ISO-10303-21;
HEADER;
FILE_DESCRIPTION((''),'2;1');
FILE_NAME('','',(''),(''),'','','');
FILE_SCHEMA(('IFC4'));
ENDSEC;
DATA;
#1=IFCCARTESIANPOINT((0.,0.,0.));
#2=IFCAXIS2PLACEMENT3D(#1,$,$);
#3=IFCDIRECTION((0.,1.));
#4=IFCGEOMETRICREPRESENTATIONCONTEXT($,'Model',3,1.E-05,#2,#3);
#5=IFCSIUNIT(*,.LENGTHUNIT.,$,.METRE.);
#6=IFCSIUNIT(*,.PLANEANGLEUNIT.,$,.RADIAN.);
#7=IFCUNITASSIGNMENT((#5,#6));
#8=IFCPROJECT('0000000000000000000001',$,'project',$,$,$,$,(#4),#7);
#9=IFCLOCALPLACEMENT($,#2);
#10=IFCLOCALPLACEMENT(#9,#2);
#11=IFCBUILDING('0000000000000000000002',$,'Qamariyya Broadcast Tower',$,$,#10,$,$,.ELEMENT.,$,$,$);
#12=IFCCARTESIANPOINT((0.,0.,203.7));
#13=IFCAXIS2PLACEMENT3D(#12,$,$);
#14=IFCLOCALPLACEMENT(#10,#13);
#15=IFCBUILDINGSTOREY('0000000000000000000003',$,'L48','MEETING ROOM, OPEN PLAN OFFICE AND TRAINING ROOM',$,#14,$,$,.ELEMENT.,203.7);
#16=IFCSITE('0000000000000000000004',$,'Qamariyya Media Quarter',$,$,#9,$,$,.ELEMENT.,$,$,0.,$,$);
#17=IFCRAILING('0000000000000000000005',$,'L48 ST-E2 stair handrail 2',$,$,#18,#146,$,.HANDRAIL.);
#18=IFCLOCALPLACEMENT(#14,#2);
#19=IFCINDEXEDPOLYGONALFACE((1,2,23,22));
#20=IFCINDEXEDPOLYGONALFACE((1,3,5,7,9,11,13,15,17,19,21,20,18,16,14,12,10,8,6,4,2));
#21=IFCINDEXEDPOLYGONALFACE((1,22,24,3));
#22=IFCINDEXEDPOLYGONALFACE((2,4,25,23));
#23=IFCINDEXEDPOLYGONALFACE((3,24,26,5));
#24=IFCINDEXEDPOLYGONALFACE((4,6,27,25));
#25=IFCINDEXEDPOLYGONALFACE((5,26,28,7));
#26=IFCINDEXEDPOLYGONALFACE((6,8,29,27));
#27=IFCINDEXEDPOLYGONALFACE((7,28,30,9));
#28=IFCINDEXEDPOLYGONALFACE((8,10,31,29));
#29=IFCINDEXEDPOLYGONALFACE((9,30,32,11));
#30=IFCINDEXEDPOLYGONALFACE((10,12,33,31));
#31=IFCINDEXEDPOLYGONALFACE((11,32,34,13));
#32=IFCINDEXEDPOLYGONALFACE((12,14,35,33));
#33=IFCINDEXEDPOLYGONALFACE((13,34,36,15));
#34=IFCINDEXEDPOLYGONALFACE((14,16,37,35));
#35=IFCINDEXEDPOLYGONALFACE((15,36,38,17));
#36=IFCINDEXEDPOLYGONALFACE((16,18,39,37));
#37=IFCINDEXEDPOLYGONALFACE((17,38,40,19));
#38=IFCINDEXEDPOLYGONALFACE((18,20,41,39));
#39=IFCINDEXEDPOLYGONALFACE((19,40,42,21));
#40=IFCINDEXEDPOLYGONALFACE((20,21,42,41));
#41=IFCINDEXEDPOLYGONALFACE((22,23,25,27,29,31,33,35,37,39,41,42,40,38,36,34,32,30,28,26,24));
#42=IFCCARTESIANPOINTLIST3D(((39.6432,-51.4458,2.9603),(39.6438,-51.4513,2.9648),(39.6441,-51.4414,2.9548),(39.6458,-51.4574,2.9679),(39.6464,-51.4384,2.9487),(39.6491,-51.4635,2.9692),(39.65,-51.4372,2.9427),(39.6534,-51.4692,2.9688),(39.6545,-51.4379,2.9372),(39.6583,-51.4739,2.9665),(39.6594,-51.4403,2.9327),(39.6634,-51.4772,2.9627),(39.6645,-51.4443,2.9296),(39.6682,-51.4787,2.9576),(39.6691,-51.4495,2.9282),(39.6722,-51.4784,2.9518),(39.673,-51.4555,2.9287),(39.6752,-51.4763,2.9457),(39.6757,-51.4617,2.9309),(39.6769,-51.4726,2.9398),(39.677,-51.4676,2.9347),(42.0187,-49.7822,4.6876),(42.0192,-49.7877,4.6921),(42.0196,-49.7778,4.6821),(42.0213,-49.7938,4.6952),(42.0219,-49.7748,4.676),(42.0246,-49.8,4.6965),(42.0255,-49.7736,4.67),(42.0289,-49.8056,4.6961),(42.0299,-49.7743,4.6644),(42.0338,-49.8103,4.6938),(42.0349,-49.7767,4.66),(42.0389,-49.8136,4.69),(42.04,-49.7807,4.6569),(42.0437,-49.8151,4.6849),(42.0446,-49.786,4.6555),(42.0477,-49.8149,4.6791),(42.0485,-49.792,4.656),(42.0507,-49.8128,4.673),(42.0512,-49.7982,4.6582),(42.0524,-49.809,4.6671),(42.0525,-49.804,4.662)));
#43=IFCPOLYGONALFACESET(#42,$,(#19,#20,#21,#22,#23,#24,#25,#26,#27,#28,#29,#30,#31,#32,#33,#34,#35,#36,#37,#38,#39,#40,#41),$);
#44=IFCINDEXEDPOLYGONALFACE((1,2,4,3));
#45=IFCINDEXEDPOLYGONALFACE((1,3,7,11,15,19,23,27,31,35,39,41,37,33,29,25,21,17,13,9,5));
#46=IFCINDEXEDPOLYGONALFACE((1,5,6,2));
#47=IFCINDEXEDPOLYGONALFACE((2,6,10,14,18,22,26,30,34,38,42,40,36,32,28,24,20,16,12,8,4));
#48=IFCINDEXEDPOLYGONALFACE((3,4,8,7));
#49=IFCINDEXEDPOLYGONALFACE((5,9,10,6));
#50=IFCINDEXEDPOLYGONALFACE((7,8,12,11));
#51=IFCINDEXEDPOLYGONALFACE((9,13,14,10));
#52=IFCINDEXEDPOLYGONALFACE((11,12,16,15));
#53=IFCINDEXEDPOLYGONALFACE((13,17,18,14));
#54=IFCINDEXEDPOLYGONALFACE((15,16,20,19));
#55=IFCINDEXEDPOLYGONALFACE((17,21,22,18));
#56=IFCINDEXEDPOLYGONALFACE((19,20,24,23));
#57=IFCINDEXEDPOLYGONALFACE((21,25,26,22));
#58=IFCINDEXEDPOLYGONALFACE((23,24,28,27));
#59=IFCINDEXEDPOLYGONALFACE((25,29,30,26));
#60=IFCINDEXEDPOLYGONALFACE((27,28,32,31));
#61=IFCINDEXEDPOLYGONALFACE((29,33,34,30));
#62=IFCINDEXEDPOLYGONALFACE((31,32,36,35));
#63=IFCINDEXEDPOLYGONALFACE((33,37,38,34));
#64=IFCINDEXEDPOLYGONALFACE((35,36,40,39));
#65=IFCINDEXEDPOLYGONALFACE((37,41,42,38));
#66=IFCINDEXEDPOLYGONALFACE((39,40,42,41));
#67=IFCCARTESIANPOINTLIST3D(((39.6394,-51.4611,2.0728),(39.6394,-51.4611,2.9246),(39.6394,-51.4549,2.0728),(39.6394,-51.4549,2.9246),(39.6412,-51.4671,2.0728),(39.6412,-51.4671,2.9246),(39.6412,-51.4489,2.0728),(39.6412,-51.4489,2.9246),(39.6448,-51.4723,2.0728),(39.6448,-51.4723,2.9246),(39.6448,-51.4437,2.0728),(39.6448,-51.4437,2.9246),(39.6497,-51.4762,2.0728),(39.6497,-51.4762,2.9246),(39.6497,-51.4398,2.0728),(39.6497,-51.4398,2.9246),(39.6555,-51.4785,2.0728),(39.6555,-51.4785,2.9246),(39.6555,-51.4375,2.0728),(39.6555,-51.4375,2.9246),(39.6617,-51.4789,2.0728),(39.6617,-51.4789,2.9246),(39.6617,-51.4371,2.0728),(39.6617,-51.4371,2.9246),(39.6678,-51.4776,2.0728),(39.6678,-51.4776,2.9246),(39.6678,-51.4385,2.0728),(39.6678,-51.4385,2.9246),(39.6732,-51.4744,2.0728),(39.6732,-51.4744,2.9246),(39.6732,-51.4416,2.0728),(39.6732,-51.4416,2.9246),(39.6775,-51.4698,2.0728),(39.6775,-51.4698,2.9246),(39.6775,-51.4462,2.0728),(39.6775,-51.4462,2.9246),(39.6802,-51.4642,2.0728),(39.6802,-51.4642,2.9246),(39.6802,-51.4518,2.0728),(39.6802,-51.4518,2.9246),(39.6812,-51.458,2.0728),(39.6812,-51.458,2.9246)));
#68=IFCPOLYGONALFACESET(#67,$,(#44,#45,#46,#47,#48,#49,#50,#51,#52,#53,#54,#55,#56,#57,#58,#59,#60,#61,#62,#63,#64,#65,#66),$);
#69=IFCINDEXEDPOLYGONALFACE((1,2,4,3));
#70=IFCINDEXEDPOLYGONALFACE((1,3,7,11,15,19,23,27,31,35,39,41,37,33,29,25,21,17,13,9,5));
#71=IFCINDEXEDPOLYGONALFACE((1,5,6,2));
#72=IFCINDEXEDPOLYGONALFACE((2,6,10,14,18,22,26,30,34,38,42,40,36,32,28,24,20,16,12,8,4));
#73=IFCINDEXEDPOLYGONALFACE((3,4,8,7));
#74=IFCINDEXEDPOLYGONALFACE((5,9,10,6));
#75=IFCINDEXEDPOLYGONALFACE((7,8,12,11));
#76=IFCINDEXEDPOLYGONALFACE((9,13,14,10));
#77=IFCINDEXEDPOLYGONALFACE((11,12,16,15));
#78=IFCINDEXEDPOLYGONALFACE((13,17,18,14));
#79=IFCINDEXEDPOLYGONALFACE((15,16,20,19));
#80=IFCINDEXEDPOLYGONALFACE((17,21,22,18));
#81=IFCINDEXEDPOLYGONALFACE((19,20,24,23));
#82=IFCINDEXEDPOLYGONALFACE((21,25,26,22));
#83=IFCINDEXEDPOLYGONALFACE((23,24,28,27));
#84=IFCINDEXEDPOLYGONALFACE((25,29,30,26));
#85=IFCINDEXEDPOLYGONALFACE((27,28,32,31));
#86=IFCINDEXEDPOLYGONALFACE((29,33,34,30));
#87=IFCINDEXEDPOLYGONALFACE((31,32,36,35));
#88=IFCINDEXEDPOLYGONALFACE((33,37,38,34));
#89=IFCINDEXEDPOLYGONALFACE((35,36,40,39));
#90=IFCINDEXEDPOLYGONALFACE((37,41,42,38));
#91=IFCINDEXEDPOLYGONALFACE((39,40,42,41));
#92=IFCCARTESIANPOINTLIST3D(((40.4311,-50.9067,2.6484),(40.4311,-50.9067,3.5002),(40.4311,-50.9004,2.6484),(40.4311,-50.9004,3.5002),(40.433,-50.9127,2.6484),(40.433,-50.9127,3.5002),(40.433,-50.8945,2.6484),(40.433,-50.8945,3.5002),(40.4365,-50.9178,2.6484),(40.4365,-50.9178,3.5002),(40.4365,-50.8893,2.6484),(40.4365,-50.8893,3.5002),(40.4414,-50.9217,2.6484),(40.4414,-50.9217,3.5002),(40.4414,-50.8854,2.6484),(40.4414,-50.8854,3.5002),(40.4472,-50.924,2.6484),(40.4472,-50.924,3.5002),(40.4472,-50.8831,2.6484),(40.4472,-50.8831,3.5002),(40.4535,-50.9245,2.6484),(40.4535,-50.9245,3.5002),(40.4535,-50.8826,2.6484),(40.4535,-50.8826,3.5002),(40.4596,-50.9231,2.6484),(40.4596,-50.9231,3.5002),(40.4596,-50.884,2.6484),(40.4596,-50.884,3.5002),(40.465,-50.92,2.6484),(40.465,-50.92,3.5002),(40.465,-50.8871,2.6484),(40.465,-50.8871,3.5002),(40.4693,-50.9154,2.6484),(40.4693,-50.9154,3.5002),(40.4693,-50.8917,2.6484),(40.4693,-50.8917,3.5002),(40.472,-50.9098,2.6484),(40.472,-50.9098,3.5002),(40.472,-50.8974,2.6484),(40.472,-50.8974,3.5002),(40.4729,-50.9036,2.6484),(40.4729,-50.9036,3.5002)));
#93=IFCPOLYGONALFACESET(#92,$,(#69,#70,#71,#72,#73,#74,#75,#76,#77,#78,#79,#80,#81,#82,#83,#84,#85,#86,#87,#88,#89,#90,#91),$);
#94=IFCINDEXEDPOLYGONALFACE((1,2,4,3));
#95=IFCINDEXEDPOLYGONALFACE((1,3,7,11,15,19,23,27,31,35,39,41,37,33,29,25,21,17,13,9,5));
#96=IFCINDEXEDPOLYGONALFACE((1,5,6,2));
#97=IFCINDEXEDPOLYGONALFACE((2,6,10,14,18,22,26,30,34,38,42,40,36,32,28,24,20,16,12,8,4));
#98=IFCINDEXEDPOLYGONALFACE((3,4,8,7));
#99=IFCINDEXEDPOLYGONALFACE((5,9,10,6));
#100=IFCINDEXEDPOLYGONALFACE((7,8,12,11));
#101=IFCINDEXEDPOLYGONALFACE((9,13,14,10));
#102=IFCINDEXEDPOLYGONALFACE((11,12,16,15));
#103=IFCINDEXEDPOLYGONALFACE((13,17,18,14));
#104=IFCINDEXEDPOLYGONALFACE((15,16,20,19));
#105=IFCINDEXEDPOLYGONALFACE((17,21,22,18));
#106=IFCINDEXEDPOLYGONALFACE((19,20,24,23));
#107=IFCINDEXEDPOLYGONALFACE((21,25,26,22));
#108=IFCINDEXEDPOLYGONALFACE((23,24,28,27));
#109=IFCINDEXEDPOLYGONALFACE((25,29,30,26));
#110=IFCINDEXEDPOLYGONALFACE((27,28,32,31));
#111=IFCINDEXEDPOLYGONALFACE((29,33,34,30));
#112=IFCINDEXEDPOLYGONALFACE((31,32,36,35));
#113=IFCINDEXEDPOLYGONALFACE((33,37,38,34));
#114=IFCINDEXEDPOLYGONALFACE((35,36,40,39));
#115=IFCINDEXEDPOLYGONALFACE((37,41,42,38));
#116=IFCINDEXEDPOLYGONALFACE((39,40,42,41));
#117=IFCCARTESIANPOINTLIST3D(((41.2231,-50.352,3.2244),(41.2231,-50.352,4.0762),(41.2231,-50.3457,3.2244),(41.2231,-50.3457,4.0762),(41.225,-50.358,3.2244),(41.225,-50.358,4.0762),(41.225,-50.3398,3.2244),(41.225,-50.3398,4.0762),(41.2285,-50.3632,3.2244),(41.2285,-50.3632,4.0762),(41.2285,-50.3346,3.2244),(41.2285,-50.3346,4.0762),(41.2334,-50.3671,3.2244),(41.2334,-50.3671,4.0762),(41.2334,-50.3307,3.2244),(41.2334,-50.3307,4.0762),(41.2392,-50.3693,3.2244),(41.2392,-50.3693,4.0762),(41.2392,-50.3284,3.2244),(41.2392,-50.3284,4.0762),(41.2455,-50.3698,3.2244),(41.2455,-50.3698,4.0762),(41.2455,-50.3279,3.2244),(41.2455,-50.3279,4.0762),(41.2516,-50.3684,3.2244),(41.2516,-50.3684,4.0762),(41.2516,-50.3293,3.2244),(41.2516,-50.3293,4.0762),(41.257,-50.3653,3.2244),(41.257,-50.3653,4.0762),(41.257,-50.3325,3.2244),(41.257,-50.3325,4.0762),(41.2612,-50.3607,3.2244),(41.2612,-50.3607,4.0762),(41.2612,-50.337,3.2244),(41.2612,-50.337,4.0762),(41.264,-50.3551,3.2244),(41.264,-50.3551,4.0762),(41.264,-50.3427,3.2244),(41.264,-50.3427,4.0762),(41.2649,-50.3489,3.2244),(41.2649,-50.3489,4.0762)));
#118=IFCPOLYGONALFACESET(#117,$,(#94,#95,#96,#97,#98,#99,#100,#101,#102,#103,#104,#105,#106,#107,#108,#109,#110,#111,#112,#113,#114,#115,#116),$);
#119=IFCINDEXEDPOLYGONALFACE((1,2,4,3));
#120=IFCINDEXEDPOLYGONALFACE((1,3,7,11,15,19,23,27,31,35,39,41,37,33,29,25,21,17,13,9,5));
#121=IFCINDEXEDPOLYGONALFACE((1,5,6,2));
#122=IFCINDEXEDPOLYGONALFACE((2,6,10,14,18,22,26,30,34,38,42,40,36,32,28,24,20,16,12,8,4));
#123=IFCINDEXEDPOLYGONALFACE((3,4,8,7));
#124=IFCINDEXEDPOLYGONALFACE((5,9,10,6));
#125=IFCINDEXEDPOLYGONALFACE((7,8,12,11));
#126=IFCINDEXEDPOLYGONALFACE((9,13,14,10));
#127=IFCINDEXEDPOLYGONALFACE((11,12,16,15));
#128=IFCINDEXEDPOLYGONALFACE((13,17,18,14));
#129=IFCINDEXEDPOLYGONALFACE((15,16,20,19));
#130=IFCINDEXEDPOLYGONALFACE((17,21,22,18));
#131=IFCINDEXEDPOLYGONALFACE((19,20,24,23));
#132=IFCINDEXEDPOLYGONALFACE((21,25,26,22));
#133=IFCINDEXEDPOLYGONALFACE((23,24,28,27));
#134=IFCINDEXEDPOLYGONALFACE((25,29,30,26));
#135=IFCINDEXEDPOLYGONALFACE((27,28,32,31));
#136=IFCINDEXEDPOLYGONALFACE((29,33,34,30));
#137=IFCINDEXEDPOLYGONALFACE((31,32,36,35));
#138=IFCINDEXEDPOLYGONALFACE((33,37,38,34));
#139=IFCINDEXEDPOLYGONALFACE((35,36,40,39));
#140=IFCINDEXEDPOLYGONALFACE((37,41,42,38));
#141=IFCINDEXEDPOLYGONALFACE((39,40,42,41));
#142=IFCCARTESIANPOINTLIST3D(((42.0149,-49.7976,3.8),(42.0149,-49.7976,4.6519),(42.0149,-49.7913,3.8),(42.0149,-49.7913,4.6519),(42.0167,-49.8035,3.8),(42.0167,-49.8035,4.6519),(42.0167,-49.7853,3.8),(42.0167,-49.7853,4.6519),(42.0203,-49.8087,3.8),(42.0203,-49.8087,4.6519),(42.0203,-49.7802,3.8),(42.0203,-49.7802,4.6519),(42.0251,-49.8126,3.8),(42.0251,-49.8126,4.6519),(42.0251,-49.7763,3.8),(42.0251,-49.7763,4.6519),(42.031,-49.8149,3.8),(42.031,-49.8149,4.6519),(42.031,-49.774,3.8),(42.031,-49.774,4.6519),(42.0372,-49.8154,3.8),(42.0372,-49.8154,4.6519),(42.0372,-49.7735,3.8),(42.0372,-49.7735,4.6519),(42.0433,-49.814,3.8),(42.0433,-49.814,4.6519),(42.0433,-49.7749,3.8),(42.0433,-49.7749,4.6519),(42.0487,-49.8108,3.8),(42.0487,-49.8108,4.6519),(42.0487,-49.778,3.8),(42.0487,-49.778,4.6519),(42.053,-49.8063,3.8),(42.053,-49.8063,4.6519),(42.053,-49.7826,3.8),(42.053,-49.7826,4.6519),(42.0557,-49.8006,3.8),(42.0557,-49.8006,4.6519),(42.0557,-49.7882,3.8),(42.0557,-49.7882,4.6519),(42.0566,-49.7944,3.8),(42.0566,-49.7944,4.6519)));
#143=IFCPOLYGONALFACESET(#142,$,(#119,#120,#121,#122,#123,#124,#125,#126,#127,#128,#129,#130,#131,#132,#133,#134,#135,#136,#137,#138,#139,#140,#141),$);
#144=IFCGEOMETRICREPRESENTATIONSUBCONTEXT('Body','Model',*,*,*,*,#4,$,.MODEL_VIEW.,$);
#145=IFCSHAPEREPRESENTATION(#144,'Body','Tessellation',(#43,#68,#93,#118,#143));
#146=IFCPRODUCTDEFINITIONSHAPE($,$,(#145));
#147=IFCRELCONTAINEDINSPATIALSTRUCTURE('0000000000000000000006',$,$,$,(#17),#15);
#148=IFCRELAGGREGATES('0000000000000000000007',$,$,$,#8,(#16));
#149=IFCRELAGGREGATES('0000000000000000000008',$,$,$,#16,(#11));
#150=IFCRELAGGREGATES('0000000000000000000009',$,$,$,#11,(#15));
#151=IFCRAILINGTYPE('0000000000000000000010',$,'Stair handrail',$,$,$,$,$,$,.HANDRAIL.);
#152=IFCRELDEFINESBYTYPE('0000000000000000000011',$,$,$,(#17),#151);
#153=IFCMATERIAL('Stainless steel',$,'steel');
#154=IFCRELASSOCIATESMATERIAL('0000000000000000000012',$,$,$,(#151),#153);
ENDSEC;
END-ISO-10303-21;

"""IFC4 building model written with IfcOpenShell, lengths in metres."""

from ifc_helpers import new_model, si_unit, direction, frame, origin, origin_2d, place, context, subcontext, project, spatial, circle, extrude, material, type_object, element, save


model = new_model("IFC4")

# Units and contexts
model_context = context("Model", 3, precision=1e-05, world=origin(), true_north=direction((0.0, 1.0)))
body_context = subcontext(model_context, "Body", "Model", "MODEL_VIEW")
ifc_project = project(units=[si_unit("LENGTHUNIT", "METRE"), si_unit("PLANEANGLEUNIT", "RADIAN")], contexts=[model_context])

# Site, building, storey
site_placement = place(None, origin())
site = spatial("IfcSite", under=ifc_project, at=site_placement, Name="Qamariyya Media Quarter", CompositionType="ELEMENT", RefElevation=0.0)
building_placement = place(site_placement, origin())
building = spatial("IfcBuilding", under=site, at=building_placement, Name="Qamariyya Broadcast Tower", CompositionType="ELEMENT")
storey_placement = place(building_placement, frame((0.0, 0.0, 203.7)))
storey = spatial("IfcBuildingStorey", under=building, at=storey_placement, Name="L48", Description="MEETING ROOM, OPEN PLAN OFFICE AND TRAINING ROOM", CompositionType="ELEMENT", Elevation=203.7)

# Railing
ifc_material_1 = material(Name="Stainless steel", Category="steel")
railing_type_1 = type_object("IfcRailingType", Name="Stair handrail", PredefinedType="HANDRAIL", material=ifc_material_1)
railing_1_placement = place(storey_placement, frame((39.6602, -51.458, 2.0728)))
element("IfcRailing", 1, at=railing_1_placement, inside=storey, type_object=railing_type_1, Name="L48 ST-E2 stair handrail 2", PredefinedType="HANDRAIL", context=body_context, shape_type="SweptSolid", body=[
    extrude(circle(Radius=0.0239, at=origin_2d()), frame((0.0, 0.0, 0.876), z_axis=(0.703745, 0.492838, 0.511716), x_axis=(-0.573632, 0.819113, 0.0)), (0.0, 0.0, 1.0), 3.3755),
    extrude(circle(Radius=0.021, at=origin_2d()), origin(), (0.0, 0.0, 1.0), 0.8518),
    extrude(circle(Radius=0.021, at=origin_2d()), frame((0.7917, 0.5544, 0.5757)), (0.0, 0.0, 1.0), 0.8518),
    extrude(circle(Radius=0.021, at=origin_2d()), frame((1.5837, 1.1091, 1.1516)), (0.0, 0.0, 1.0), 0.8518),
    extrude(circle(Radius=0.021, at=origin_2d()), frame((2.3755, 1.6636, 1.7273)), (0.0, 0.0, 1.0), 0.8518),
])

save(model, "model.ifc")
